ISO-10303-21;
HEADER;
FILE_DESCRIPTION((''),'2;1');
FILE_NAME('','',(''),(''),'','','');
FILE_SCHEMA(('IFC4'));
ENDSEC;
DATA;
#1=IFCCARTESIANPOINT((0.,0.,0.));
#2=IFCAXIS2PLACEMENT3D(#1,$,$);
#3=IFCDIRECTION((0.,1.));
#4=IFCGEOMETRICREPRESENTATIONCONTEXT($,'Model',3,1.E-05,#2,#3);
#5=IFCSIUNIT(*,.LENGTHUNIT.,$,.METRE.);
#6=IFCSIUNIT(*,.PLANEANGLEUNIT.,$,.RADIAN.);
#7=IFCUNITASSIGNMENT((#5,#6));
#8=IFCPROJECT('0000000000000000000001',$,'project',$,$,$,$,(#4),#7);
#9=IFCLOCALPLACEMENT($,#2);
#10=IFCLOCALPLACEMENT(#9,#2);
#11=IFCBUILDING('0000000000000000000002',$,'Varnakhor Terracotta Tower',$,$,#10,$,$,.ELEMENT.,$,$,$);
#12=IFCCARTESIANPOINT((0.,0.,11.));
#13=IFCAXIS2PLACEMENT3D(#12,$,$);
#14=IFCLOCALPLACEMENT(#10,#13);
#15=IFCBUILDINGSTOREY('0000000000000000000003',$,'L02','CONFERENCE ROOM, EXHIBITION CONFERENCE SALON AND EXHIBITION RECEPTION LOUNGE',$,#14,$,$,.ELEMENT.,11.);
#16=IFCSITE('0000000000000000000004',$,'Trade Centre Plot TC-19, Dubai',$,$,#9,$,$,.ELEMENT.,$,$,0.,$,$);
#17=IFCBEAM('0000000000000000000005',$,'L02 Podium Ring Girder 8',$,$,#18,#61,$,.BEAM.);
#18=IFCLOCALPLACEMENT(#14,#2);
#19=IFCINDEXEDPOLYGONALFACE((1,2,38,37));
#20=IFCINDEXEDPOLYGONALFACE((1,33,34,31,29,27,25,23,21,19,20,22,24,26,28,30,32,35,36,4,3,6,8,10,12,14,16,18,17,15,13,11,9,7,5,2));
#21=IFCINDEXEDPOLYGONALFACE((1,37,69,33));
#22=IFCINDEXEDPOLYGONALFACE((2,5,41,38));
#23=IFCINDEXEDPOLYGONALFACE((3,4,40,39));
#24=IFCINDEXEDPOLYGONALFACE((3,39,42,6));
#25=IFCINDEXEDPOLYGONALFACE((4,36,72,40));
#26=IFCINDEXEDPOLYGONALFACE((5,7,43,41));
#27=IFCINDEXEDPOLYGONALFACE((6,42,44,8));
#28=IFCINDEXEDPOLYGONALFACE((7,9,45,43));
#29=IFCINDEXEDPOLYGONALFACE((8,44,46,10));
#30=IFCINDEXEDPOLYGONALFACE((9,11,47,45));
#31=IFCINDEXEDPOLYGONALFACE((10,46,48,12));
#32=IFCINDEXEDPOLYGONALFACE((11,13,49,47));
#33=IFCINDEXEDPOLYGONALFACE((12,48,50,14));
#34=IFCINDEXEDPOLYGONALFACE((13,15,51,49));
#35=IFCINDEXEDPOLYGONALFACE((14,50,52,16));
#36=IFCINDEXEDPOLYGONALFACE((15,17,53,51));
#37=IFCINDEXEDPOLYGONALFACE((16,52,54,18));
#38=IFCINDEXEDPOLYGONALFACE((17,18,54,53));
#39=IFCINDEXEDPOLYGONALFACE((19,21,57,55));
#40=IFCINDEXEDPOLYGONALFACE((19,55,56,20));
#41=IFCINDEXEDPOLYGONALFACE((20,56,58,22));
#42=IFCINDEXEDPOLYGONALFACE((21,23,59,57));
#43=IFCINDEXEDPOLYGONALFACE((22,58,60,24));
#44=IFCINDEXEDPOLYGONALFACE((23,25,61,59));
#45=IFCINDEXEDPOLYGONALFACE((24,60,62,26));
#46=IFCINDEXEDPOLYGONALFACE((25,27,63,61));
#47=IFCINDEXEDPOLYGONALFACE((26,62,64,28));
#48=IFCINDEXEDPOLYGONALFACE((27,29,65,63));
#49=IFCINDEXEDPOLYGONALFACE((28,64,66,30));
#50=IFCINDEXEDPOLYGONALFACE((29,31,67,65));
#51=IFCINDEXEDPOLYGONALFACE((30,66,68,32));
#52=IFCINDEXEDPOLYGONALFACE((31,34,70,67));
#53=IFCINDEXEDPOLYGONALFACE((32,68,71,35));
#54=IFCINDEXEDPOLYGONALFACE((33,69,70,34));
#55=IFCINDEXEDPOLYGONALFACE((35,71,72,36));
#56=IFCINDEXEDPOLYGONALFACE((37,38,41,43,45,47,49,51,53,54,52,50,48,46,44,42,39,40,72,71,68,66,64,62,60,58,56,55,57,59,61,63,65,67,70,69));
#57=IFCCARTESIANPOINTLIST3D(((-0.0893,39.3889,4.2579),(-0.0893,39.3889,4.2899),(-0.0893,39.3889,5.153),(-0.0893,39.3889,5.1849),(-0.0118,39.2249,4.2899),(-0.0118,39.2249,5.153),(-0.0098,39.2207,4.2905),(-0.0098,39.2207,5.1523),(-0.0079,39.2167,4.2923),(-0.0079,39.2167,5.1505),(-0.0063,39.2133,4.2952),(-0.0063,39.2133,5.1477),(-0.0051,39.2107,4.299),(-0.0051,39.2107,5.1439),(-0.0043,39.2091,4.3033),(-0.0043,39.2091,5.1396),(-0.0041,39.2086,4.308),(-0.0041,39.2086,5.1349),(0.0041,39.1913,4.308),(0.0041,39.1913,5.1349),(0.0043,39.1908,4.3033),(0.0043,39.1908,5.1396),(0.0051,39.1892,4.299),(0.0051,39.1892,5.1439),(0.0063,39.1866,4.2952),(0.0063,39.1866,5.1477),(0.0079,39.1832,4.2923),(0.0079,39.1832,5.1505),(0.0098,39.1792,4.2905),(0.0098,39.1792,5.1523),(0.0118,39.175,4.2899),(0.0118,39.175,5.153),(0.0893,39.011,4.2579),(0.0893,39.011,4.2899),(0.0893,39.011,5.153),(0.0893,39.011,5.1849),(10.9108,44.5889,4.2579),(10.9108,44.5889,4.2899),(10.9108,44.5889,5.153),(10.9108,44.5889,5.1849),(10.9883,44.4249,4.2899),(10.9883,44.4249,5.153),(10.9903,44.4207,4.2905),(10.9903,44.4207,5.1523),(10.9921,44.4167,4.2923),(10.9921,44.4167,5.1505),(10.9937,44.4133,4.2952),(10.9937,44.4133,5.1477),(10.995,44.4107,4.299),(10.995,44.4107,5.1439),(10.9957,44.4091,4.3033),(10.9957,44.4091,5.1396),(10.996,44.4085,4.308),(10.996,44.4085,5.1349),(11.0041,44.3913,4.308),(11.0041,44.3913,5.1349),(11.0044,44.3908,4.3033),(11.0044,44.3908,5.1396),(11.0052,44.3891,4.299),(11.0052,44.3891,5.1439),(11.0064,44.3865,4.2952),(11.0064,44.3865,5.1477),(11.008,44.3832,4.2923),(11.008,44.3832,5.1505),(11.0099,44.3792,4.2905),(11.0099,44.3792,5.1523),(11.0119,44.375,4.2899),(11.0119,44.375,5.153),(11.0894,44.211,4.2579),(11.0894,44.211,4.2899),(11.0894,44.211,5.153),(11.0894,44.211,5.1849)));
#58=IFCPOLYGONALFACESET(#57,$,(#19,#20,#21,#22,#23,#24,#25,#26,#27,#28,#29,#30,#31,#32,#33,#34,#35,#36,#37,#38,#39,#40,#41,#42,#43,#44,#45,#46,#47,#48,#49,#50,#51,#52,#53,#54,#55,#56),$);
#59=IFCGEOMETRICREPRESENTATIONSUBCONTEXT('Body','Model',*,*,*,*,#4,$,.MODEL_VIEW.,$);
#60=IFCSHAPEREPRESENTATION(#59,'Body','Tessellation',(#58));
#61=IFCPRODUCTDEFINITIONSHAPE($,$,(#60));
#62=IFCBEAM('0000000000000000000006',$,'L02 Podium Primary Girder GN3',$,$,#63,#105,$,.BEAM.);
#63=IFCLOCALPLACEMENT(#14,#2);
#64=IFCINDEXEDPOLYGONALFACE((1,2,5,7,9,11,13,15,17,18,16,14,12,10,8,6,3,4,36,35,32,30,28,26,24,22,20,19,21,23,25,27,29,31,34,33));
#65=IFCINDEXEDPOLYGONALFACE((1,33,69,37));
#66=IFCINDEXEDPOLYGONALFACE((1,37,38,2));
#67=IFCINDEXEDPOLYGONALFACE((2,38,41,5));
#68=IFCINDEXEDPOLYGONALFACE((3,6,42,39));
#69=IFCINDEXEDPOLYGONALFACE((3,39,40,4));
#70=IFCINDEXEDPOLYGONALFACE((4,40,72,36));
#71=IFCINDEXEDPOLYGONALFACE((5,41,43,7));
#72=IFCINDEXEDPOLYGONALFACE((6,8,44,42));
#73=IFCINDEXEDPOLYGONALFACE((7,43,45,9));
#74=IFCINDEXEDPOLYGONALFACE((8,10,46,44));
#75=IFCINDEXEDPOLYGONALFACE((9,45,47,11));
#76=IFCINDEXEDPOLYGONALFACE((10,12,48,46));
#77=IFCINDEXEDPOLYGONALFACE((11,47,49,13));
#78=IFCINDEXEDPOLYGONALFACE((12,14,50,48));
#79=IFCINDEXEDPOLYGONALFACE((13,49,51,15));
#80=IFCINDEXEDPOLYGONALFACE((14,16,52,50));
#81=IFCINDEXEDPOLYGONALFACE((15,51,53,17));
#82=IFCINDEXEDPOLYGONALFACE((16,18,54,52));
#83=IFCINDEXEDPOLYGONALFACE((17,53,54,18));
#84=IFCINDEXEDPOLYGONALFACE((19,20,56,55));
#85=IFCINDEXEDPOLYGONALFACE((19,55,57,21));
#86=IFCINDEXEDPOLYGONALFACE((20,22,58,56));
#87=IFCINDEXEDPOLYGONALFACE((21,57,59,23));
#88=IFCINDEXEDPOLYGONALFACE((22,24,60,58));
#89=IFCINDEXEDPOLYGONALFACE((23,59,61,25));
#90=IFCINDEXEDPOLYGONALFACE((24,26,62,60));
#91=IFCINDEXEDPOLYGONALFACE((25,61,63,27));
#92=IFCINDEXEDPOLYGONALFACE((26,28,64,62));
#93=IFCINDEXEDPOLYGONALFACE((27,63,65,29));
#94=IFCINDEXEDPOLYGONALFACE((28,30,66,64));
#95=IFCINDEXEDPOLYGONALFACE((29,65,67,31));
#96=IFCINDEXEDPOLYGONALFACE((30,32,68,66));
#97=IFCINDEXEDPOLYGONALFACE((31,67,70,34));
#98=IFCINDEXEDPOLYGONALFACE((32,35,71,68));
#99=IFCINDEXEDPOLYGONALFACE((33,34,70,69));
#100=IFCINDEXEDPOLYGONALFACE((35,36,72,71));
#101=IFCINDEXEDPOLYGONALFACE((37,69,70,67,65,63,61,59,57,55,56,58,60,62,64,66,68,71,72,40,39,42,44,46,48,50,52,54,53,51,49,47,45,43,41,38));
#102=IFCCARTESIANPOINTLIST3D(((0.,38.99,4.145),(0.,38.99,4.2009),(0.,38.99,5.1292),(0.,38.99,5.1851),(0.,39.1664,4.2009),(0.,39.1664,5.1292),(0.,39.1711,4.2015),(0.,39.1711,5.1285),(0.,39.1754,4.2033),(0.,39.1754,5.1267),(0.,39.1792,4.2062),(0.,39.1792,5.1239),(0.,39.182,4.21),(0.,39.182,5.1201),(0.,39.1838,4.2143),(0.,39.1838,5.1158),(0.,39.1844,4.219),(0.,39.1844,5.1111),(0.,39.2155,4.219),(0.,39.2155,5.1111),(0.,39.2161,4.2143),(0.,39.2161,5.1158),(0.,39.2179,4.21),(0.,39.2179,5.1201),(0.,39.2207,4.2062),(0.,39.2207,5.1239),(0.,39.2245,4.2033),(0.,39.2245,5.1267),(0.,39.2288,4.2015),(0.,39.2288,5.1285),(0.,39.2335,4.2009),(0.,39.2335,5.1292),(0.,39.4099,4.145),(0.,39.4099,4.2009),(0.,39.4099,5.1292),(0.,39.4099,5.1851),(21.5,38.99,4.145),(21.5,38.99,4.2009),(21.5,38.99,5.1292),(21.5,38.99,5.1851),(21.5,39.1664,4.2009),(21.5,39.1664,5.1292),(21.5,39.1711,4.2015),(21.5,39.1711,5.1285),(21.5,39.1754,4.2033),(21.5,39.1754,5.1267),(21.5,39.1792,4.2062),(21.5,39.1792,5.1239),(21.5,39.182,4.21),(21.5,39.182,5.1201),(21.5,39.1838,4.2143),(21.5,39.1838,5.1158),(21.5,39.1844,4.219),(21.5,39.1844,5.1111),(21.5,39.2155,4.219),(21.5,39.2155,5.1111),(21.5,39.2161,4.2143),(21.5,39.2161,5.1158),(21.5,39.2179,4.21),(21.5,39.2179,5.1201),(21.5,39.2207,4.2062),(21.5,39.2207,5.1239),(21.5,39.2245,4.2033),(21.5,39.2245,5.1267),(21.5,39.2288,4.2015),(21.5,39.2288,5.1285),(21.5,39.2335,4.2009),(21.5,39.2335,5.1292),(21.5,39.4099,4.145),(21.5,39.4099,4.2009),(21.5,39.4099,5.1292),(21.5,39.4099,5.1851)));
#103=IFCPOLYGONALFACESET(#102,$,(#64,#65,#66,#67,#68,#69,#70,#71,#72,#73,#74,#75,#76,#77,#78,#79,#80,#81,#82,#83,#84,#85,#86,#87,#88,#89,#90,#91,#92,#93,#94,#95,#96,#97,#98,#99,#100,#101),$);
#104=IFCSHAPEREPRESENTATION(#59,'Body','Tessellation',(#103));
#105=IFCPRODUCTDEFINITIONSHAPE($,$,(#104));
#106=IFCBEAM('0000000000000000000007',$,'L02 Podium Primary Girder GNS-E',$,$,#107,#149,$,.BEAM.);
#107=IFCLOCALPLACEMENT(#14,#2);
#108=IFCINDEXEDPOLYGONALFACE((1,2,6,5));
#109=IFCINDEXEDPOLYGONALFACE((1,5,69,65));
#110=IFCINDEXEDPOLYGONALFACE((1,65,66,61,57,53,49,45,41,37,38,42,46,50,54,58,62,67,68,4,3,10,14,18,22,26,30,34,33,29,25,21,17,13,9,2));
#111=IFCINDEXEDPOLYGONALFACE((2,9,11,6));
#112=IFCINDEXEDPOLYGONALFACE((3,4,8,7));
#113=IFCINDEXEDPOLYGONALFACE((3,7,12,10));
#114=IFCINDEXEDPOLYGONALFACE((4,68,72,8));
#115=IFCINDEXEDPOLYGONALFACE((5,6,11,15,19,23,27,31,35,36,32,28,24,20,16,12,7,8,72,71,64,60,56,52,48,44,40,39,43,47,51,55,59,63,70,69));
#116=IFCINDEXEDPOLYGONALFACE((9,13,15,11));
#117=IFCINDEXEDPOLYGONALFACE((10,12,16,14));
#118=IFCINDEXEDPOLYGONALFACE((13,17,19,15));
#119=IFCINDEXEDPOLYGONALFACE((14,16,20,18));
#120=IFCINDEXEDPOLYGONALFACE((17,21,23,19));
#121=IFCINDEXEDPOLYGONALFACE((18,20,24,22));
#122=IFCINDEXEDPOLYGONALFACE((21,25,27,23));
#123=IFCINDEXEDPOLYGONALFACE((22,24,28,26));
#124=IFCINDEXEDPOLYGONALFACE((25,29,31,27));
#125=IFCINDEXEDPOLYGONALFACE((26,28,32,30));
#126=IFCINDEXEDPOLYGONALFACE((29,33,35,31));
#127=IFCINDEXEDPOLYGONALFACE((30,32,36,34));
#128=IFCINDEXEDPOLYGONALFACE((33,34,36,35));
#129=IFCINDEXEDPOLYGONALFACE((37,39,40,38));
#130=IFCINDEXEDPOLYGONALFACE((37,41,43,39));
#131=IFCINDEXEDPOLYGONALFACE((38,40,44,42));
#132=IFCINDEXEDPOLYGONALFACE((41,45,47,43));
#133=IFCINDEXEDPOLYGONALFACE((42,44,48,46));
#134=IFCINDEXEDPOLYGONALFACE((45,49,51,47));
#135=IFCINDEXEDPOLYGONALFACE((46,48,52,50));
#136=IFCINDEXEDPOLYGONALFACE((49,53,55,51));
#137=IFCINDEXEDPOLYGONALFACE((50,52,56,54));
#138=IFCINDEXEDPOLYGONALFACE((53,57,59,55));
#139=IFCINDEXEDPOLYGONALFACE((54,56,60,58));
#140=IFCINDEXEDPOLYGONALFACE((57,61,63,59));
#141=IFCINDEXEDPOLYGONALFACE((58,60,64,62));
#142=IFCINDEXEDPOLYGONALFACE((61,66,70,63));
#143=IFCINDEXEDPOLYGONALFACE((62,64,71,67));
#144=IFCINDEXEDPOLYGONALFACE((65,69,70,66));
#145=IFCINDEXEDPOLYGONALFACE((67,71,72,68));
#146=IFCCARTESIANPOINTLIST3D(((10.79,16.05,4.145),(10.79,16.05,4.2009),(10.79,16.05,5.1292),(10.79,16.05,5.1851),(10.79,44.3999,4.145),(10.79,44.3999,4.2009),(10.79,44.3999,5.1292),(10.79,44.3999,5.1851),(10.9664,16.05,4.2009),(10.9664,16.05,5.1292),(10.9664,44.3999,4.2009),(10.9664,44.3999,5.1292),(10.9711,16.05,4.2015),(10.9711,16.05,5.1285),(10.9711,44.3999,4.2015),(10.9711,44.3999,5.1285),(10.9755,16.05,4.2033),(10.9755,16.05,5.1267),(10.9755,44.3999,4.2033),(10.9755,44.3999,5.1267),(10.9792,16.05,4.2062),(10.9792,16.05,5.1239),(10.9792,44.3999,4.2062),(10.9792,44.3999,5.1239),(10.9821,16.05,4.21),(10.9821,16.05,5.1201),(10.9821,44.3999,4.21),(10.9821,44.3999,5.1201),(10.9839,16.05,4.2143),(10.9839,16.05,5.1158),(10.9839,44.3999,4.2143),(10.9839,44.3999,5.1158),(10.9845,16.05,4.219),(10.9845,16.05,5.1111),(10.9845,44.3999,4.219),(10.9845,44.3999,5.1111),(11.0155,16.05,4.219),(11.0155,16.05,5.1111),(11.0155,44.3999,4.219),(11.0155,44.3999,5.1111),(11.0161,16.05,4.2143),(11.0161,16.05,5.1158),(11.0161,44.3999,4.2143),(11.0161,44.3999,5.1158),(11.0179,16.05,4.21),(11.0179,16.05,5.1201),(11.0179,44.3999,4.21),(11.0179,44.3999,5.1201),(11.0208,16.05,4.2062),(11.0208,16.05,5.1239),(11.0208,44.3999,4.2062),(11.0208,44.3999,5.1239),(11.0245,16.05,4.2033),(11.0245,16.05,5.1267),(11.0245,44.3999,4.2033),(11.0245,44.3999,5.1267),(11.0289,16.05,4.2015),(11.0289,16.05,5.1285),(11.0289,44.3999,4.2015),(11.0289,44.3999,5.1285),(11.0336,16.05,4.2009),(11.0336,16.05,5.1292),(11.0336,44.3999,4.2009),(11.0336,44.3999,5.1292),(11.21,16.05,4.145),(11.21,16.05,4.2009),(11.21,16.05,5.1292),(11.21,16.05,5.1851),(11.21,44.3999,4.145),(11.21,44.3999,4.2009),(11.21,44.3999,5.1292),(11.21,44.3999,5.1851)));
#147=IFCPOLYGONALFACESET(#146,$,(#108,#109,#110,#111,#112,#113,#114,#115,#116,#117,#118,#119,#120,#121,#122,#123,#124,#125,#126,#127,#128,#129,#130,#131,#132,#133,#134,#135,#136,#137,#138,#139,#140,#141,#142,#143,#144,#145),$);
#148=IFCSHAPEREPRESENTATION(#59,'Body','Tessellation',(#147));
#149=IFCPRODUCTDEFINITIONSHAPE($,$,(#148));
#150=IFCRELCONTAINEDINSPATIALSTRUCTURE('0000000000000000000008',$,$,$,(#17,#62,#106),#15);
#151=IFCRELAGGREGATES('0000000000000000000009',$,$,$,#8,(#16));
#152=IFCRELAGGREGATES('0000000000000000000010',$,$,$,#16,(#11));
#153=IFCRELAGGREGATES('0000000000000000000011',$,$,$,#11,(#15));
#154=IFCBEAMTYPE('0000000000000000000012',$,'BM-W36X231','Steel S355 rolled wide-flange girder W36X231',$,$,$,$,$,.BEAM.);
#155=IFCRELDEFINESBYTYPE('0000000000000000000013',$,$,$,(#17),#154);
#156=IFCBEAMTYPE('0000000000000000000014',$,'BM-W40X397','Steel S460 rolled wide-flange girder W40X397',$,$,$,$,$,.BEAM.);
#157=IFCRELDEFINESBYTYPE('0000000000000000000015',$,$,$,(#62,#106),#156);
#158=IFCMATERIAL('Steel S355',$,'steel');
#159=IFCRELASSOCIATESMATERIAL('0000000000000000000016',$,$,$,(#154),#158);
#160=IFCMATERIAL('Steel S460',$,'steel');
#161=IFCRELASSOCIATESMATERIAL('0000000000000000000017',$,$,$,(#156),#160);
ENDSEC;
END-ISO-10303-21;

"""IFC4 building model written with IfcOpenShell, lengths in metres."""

from ifc_helpers import new_model, si_unit, direction, frame, origin, origin_2d, place, context, subcontext, project, spatial, i_section, extrude, source, transform, mapped, material, material_profile, profile_set, type_object, element, save


model = new_model("IFC4")

# Units and contexts
model_context = context("Model", 3, precision=1e-05, world=origin(), true_north=direction((0.0, 1.0)))
body_context = subcontext(model_context, "Body", "Model", "MODEL_VIEW")
ifc_project = project(units=[si_unit("LENGTHUNIT", "METRE"), si_unit("PLANEANGLEUNIT", "RADIAN")], contexts=[model_context])

# Site, building, storey
site_placement = place(None, origin())
site = spatial("IfcSite", under=ifc_project, at=site_placement, Name="Trade Centre Plot TC-19, Dubai", CompositionType="ELEMENT", RefElevation=0.0)
building_placement = place(site_placement, origin())
building = spatial("IfcBuilding", under=site, at=building_placement, Name="Varnakhor Terracotta Tower", CompositionType="ELEMENT")
storey_placement = place(building_placement, frame((0.0, 0.0, 11.0)))
storey = spatial("IfcBuildingStorey", under=building, at=storey_placement, Name="L02", Description="CONFERENCE ROOM, EXHIBITION CONFERENCE SALON AND EXHIBITION RECEPTION LOUNGE", CompositionType="ELEMENT", Elevation=11.0)

# Shared definitions
ifc_material_1 = material(Name="Steel S460", Category="steel")

# Beams
ifc_material_2 = material(Name="Steel S355", Category="steel")
ifc_material_profile_1 = material_profile(ifc_material_2, i_section(OverallWidth=0.418, OverallDepth=0.927, WebThickness=0.019, FlangeThickness=0.032, FilletRadius=0.0181, at=origin_2d()), Name="W36X231")
ifc_profile_set_1 = profile_set([ifc_material_profile_1], Name="Steel S355")
beam_type_1 = type_object("IfcBeamType", Name="BM-W36X231", Description="Steel S355 rolled wide-flange girder W36X231", PredefinedType="BEAM", material=ifc_profile_set_1)
shared_shape_1 = source(origin(), body_context, "Body", "SweptSolid", [
    extrude(i_section(OverallWidth=0.418, OverallDepth=0.927, WebThickness=0.019, FlangeThickness=0.032, FilletRadius=0.0181, at=origin_2d()), origin(), (0.0, 0.0, 1.0), 12.1672),
])
beam_1_placement = place(storey_placement, frame((0.0, 39.2, 4.7214), z_axis=(0.904074, 0.427376, 0.0), x_axis=(-0.427376, 0.904074, 0.0)))
element("IfcBeam", 1, at=beam_1_placement, inside=storey, type_object=beam_type_1, Name="L02 Podium Ring Girder 8", PredefinedType="BEAM", context=body_context, shape_type="MappedRepresentation", body=[
    mapped(shared_shape_1, transform((0.0, 0.0, 0.0), scale=1.0)),
])
ifc_material_profile_2 = material_profile(ifc_material_1, i_section(OverallWidth=0.4199, OverallDepth=1.04, WebThickness=0.031, FlangeThickness=0.0559, FilletRadius=0.0181, at=origin_2d()), Name="W40X397")
ifc_profile_set_2 = profile_set([ifc_material_profile_2], Name="Steel S460")
beam_type_2 = type_object("IfcBeamType", Name="BM-W40X397", Description="Steel S460 rolled wide-flange girder W40X397", PredefinedType="BEAM", material=ifc_profile_set_2)
shared_shape_2 = source(origin(), body_context, "Body", "SweptSolid", [
    extrude(i_section(OverallWidth=0.4199, OverallDepth=1.04, WebThickness=0.031, FlangeThickness=0.0559, FilletRadius=0.0181, at=origin_2d()), origin(), (0.0, 0.0, 1.0), 21.5),
])
beam_2_placement = place(storey_placement, frame((0.0, 39.2, 4.665), z_axis=(1.0, 0.0, 0.0), x_axis=(0.0, 1.0, 0.0)))
element("IfcBeam", 2, at=beam_2_placement, inside=storey, type_object=beam_type_2, Name="L02 Podium Primary Girder GN3", PredefinedType="BEAM", context=body_context, shape_type="MappedRepresentation", body=[
    mapped(shared_shape_2, transform((0.0, 0.0, 0.0), scale=1.0)),
])
shared_shape_3 = source(origin(), body_context, "Body", "SweptSolid", [
    extrude(i_section(OverallWidth=0.4199, OverallDepth=1.04, WebThickness=0.031, FlangeThickness=0.0559, FilletRadius=0.0181, at=origin_2d()), origin(), (0.0, 0.0, 1.0), 28.3499),
])
beam_3_placement = place(storey_placement, frame((11.0, 16.05, 4.665), z_axis=(0.0, 1.0, 0.0), x_axis=(-1.0, 0.0, 0.0)))
element("IfcBeam", 3, at=beam_3_placement, inside=storey, type_object=beam_type_2, Name="L02 Podium Primary Girder GNS-E", PredefinedType="BEAM", context=body_context, shape_type="MappedRepresentation", body=[
    mapped(shared_shape_3, transform((0.0, 0.0, 0.0), scale=1.0)),
])

save(model, "model.ifc")
